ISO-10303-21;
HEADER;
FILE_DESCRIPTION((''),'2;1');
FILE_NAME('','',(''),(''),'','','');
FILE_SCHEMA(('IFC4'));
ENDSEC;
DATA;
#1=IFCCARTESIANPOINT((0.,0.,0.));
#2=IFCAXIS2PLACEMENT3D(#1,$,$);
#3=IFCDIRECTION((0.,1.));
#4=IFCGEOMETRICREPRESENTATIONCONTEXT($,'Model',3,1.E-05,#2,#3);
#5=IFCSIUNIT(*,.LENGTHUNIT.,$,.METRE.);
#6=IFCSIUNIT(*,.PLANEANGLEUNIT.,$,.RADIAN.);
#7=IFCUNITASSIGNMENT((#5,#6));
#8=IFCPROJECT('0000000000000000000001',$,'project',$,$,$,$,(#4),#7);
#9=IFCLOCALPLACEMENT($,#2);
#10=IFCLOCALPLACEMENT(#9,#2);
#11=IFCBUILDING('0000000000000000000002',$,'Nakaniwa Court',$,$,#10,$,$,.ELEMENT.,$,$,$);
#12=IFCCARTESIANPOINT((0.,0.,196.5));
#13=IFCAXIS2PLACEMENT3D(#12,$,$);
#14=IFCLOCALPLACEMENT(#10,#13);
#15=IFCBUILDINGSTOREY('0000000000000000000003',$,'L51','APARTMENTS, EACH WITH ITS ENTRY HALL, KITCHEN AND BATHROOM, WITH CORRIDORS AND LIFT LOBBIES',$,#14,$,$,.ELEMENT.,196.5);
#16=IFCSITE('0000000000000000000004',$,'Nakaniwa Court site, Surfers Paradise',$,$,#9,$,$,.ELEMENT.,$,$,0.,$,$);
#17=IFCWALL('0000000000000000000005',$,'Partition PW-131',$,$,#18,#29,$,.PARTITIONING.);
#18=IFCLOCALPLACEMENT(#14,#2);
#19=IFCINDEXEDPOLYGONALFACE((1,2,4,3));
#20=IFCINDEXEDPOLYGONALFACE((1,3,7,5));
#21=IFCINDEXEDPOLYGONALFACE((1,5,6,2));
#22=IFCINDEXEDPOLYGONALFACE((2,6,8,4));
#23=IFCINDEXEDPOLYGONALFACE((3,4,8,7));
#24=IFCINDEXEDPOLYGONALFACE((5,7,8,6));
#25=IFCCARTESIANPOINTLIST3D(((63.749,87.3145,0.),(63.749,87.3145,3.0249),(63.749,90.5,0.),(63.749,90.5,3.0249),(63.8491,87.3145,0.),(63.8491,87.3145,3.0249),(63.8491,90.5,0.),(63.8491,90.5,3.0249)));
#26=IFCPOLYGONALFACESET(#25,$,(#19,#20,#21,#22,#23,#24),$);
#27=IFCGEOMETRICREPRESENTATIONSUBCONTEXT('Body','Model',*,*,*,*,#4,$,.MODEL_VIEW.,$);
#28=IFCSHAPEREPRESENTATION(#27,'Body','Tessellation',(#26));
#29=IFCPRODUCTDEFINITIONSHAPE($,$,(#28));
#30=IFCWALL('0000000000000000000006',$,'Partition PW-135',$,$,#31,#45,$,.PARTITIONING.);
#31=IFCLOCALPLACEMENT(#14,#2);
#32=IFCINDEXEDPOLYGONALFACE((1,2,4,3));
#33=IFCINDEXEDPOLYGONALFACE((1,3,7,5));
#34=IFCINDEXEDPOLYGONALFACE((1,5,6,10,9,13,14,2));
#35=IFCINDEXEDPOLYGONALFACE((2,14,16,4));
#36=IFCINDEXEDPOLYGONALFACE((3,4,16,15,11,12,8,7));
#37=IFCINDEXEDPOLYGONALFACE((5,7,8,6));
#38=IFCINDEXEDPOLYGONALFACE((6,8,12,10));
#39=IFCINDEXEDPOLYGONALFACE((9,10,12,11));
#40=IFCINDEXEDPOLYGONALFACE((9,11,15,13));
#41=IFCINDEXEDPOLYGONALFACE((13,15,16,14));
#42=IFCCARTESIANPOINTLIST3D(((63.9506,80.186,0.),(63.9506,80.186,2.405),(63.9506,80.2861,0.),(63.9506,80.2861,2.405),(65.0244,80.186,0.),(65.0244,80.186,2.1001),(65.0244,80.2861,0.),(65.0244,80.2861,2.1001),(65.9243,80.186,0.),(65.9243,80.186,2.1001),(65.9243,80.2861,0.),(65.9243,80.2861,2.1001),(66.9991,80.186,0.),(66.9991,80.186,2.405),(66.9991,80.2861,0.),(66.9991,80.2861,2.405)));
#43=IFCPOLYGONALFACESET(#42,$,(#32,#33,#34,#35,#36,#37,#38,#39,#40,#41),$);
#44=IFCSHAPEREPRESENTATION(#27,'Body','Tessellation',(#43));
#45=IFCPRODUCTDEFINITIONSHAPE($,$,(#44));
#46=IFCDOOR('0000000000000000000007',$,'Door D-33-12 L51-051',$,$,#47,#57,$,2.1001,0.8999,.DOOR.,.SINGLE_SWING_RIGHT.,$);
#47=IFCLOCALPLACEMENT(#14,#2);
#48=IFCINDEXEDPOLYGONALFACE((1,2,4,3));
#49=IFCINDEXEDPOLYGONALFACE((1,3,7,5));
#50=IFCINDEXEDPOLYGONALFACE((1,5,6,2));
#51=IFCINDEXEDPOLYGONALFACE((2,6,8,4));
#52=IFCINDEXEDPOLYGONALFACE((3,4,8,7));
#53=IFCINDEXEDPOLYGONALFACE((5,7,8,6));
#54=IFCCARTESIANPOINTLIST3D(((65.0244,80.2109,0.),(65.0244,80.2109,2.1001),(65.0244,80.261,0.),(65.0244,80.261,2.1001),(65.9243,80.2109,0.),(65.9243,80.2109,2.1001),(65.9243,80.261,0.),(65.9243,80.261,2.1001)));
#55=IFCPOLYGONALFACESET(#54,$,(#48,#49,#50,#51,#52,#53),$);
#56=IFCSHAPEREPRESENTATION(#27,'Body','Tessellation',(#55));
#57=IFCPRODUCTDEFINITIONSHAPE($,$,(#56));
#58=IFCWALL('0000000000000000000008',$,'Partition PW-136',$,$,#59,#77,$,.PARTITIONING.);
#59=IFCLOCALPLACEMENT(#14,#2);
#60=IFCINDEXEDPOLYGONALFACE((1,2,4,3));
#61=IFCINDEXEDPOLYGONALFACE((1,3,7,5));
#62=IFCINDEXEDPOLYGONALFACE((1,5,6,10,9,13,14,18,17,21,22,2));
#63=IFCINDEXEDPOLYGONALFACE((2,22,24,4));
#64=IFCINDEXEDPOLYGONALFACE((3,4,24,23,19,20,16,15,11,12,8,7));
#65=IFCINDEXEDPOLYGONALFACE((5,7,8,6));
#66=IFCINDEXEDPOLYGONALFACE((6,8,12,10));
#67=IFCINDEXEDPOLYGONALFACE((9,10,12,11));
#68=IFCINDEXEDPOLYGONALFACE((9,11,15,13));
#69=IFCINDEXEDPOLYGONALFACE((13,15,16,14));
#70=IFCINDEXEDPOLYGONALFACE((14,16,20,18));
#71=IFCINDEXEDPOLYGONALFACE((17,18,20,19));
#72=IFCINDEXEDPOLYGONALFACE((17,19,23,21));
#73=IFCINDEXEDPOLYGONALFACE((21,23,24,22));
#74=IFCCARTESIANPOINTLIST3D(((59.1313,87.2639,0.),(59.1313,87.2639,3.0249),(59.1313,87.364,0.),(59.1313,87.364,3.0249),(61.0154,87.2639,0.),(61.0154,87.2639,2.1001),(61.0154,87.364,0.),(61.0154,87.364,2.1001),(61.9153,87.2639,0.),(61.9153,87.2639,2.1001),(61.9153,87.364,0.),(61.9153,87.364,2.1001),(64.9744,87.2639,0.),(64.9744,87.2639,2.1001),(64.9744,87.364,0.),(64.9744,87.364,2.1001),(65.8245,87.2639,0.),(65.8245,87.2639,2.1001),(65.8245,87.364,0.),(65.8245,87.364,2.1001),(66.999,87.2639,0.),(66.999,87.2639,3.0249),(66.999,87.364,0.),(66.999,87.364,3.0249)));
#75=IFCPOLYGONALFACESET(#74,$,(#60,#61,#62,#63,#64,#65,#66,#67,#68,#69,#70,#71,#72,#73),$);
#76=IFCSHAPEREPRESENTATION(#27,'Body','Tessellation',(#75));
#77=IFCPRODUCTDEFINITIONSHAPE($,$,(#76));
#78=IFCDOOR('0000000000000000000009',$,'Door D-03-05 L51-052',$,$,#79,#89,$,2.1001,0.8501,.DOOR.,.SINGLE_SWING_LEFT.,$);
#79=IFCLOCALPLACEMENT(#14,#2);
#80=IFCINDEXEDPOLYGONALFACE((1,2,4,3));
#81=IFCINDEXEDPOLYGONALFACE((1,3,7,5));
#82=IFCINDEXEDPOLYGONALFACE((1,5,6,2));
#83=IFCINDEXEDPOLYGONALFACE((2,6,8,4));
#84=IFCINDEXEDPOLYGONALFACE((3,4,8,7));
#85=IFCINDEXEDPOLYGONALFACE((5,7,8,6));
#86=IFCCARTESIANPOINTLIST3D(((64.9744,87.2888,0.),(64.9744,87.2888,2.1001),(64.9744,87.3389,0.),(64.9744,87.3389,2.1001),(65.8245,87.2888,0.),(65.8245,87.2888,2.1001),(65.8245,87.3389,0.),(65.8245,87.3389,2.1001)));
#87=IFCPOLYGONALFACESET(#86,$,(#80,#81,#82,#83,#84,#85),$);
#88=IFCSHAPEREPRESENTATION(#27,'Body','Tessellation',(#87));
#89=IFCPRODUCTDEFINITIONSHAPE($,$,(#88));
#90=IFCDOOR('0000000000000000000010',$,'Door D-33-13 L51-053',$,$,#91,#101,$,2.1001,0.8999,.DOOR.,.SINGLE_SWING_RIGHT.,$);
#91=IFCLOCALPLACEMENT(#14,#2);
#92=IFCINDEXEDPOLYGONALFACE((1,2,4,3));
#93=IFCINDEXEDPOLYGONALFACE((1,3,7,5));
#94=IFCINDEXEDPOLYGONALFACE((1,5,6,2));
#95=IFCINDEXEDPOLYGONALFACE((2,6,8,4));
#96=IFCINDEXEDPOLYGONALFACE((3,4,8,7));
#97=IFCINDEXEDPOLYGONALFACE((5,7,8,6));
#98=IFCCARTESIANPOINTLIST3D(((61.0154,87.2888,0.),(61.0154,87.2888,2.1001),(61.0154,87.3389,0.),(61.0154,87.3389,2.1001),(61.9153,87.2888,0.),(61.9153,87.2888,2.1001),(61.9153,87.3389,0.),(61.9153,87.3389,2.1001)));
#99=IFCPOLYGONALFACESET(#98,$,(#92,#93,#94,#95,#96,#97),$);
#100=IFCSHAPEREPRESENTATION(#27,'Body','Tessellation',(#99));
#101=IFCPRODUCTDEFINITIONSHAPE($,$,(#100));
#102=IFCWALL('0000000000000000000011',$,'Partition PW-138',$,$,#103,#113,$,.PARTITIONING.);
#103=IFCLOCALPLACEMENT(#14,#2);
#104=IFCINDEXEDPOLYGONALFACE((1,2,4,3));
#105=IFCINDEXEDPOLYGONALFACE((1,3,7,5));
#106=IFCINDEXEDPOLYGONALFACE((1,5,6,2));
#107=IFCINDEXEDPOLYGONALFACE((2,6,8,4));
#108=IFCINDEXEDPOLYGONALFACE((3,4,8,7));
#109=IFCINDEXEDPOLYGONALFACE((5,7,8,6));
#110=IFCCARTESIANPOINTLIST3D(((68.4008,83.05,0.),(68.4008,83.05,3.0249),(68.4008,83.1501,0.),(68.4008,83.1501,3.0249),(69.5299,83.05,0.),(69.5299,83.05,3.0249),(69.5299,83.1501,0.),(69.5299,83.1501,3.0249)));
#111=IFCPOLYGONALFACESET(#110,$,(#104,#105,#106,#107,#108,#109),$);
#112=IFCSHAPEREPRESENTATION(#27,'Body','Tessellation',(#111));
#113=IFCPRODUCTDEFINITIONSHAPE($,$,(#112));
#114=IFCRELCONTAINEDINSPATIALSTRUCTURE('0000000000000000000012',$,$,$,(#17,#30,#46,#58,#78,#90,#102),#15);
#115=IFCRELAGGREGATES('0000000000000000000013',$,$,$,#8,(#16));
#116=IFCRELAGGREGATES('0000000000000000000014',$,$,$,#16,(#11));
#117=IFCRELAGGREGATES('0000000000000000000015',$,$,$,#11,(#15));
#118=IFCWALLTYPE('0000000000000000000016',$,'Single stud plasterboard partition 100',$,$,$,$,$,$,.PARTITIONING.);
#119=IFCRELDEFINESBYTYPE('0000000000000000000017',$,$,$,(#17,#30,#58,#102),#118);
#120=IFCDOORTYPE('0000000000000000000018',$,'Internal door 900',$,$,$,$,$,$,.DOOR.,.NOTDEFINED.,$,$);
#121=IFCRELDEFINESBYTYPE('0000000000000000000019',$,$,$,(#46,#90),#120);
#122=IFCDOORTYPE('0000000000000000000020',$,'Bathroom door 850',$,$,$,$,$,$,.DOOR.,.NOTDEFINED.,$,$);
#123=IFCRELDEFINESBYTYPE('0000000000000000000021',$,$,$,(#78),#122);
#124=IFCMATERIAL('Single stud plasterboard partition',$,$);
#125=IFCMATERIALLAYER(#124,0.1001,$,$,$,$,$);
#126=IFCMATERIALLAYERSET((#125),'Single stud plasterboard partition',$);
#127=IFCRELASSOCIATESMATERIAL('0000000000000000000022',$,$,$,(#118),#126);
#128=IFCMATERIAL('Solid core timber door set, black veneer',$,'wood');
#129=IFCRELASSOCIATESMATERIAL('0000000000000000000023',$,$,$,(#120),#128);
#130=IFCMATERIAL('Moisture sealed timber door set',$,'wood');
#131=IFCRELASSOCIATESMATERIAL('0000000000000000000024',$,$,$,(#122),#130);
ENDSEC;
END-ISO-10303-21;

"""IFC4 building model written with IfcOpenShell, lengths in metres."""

from ifc_helpers import new_model, si_unit, direction, frame, frame_2d, origin, place, context, subcontext, project, spatial, rectangle, extrude, material, layer, layer_set, type_object, element, fill, save


model = new_model("IFC4")

# Units and contexts
model_context = context("Model", 3, precision=1e-05, world=origin(), true_north=direction((0.0, 1.0)))
body_context = subcontext(model_context, "Body", "Model", "MODEL_VIEW")
ifc_project = project(units=[si_unit("LENGTHUNIT", "METRE"), si_unit("PLANEANGLEUNIT", "RADIAN")], contexts=[model_context])

# Site, building, storey
site_placement = place(None, origin())
site = spatial("IfcSite", under=ifc_project, at=site_placement, Name="Nakaniwa Court site, Surfers Paradise", CompositionType="ELEMENT", RefElevation=0.0)
building_placement = place(site_placement, origin())
building = spatial("IfcBuilding", under=site, at=building_placement, Name="Nakaniwa Court", CompositionType="ELEMENT")
storey_placement = place(building_placement, frame((0.0, 0.0, 196.5)))
storey = spatial("IfcBuildingStorey", under=building, at=storey_placement, Name="L51", Description="APARTMENTS, EACH WITH ITS ENTRY HALL, KITCHEN AND BATHROOM, WITH CORRIDORS AND LIFT LOBBIES", CompositionType="ELEMENT", Elevation=196.5)

# Wall
ifc_material_1 = material(Name="Single stud plasterboard partition")
ifc_layer_1 = layer(ifc_material_1, 0.1001)
ifc_layer_set_1 = layer_set([ifc_layer_1], Name="Single stud plasterboard partition")
wall_type_1 = type_object("IfcWallType", Name="Single stud plasterboard partition 100", PredefinedType="PARTITIONING", material=ifc_layer_set_1)
wall_1_placement = place(storey_placement, frame((63.7991, 87.3145, 0.0), z_axis=(0.0, 0.0, 1.0), x_axis=(0.0, 1.0, 0.0)))
element("IfcWall", 1, at=wall_1_placement, inside=storey, type_object=wall_type_1, Name="Partition PW-131", PredefinedType="PARTITIONING", context=body_context, shape_type="SweptSolid", body=[
    extrude(rectangle(XDim=3.1855, YDim=0.1001, at=frame_2d((1.5928, 0.0))), origin(), (0.0, 0.0, 1.0), 3.0249),
])

# Wall, opening, door
wall_2_placement = place(storey_placement, frame((63.9504, 80.2361, 0.0), z_axis=(0.0, 0.0, 1.0), x_axis=(1.0, 0.0, 0.0)))
wall_2 = element("IfcWall", 2, at=wall_2_placement, inside=storey, type_object=wall_type_1, Name="Partition PW-135", PredefinedType="PARTITIONING", context=body_context, shape_type="SweptSolid", body=[
    extrude(rectangle(XDim=3.0486, YDim=0.1001, at=frame_2d((1.5244, 0.0))), origin(), (0.0, 0.0, 1.0), 2.405),
])
opening_1_placement = place(wall_2_placement, frame((1.074, 0.0, 0.0)))
opening_1 = element("IfcOpeningElement", 3, at=opening_1_placement, cuts=wall_2, PredefinedType="OPENING", context=body_context, shape_type="SweptSolid", body=[
    extrude(rectangle(XDim=0.8999, YDim=2.1001, at=frame_2d((0.45, 1.05))), frame((0.0, 0.0601, 0.0), z_axis=(0.0, -1.0, 0.0), x_axis=(1.0, 0.0, 0.0)), (0.0, 0.0, 1.0), 0.1201),
])
ifc_material_2 = material(Name="Solid core timber door set, black veneer", Category="wood")
door_type_1 = type_object("IfcDoorType", Name="Internal door 900", OperationType="NOTDEFINED", PredefinedType="DOOR", material=ifc_material_2)
door_1_placement = place(opening_1_placement, origin())
door_1 = element("IfcDoor", 4, at=door_1_placement, inside=storey, type_object=door_type_1, Name="Door D-33-12 L51-051", OperationType="SINGLE_SWING_RIGHT", OverallHeight=2.1001, OverallWidth=0.8999, PredefinedType="DOOR", context=body_context, shape_type="SweptSolid", body=[
    extrude(rectangle(XDim=0.8999, YDim=2.1001, at=frame_2d((0.45, 1.05))), frame((0.0, 0.0249, 0.0), z_axis=(0.0, -1.0, 0.0), x_axis=(1.0, 0.0, 0.0)), (0.0, 0.0, 1.0), 0.05),
])
fill(opening_1, door_1)

# Wall, openings, doors
wall_3_placement = place(storey_placement, frame((59.1313, 87.314, 0.0), z_axis=(0.0, 0.0, 1.0), x_axis=(1.0, 0.0, 0.0)))
wall_3 = element("IfcWall", 5, at=wall_3_placement, inside=storey, type_object=wall_type_1, Name="Partition PW-136", PredefinedType="PARTITIONING", context=body_context, shape_type="SweptSolid", body=[
    extrude(rectangle(XDim=7.8677, YDim=0.1001, at=frame_2d((3.9338, 0.0))), origin(), (0.0, 0.0, 1.0), 3.0249),
])
opening_2_placement = place(wall_3_placement, frame((5.843, 0.0, 0.0)))
opening_2 = element("IfcOpeningElement", 6, at=opening_2_placement, cuts=wall_3, PredefinedType="OPENING", context=body_context, shape_type="SweptSolid", body=[
    extrude(rectangle(XDim=0.8501, YDim=2.1001, at=frame_2d((0.425, 1.05))), frame((0.0, 0.0601, 0.0), z_axis=(0.0, -1.0, 0.0), x_axis=(1.0, 0.0, 0.0)), (0.0, 0.0, 1.0), 0.1201),
])
opening_3_placement = place(wall_3_placement, frame((1.884, 0.0, 0.0)))
opening_3 = element("IfcOpeningElement", 7, at=opening_3_placement, cuts=wall_3, PredefinedType="OPENING", context=body_context, shape_type="SweptSolid", body=[
    extrude(rectangle(XDim=0.8999, YDim=2.1001, at=frame_2d((0.45, 1.05))), frame((0.0, 0.0601, 0.0), z_axis=(0.0, -1.0, 0.0), x_axis=(1.0, 0.0, 0.0)), (0.0, 0.0, 1.0), 0.1201),
])
ifc_material_3 = material(Name="Moisture sealed timber door set", Category="wood")
door_type_2 = type_object("IfcDoorType", Name="Bathroom door 850", OperationType="NOTDEFINED", PredefinedType="DOOR", material=ifc_material_3)
door_2_placement = place(opening_2_placement, origin())
door_2 = element("IfcDoor", 8, at=door_2_placement, inside=storey, type_object=door_type_2, Name="Door D-03-05 L51-052", OperationType="SINGLE_SWING_LEFT", OverallHeight=2.1001, OverallWidth=0.8501, PredefinedType="DOOR", context=body_context, shape_type="SweptSolid", body=[
    extrude(rectangle(XDim=0.8501, YDim=2.1001, at=frame_2d((0.425, 1.05))), frame((0.0, 0.0249, 0.0), z_axis=(0.0, -1.0, 0.0), x_axis=(1.0, 0.0, 0.0)), (0.0, 0.0, 1.0), 0.05),
])
fill(opening_2, door_2)
door_3_placement = place(opening_3_placement, origin())
door_3 = element("IfcDoor", 9, at=door_3_placement, inside=storey, type_object=door_type_1, Name="Door D-33-13 L51-053", OperationType="SINGLE_SWING_RIGHT", OverallHeight=2.1001, OverallWidth=0.8999, PredefinedType="DOOR", context=body_context, shape_type="SweptSolid", body=[
    extrude(rectangle(XDim=0.8999, YDim=2.1001, at=frame_2d((0.45, 1.05))), frame((0.0, 0.0249, 0.0), z_axis=(0.0, -1.0, 0.0), x_axis=(1.0, 0.0, 0.0)), (0.0, 0.0, 1.0), 0.05),
])
fill(opening_3, door_3)

# Wall
wall_4_placement = place(storey_placement, frame((68.4009, 83.1001, 0.0), z_axis=(0.0, 0.0, 1.0), x_axis=(1.0, 0.0, 0.0)))
element("IfcWall", 10, at=wall_4_placement, inside=storey, type_object=wall_type_1, Name="Partition PW-138", PredefinedType="PARTITIONING", context=body_context, shape_type="SweptSolid", body=[
    extrude(rectangle(XDim=1.1292, YDim=0.1001, at=frame_2d((0.5645, 0.0))), origin(), (0.0, 0.0, 1.0), 3.0249),
])

save(model, "model.ifc")
